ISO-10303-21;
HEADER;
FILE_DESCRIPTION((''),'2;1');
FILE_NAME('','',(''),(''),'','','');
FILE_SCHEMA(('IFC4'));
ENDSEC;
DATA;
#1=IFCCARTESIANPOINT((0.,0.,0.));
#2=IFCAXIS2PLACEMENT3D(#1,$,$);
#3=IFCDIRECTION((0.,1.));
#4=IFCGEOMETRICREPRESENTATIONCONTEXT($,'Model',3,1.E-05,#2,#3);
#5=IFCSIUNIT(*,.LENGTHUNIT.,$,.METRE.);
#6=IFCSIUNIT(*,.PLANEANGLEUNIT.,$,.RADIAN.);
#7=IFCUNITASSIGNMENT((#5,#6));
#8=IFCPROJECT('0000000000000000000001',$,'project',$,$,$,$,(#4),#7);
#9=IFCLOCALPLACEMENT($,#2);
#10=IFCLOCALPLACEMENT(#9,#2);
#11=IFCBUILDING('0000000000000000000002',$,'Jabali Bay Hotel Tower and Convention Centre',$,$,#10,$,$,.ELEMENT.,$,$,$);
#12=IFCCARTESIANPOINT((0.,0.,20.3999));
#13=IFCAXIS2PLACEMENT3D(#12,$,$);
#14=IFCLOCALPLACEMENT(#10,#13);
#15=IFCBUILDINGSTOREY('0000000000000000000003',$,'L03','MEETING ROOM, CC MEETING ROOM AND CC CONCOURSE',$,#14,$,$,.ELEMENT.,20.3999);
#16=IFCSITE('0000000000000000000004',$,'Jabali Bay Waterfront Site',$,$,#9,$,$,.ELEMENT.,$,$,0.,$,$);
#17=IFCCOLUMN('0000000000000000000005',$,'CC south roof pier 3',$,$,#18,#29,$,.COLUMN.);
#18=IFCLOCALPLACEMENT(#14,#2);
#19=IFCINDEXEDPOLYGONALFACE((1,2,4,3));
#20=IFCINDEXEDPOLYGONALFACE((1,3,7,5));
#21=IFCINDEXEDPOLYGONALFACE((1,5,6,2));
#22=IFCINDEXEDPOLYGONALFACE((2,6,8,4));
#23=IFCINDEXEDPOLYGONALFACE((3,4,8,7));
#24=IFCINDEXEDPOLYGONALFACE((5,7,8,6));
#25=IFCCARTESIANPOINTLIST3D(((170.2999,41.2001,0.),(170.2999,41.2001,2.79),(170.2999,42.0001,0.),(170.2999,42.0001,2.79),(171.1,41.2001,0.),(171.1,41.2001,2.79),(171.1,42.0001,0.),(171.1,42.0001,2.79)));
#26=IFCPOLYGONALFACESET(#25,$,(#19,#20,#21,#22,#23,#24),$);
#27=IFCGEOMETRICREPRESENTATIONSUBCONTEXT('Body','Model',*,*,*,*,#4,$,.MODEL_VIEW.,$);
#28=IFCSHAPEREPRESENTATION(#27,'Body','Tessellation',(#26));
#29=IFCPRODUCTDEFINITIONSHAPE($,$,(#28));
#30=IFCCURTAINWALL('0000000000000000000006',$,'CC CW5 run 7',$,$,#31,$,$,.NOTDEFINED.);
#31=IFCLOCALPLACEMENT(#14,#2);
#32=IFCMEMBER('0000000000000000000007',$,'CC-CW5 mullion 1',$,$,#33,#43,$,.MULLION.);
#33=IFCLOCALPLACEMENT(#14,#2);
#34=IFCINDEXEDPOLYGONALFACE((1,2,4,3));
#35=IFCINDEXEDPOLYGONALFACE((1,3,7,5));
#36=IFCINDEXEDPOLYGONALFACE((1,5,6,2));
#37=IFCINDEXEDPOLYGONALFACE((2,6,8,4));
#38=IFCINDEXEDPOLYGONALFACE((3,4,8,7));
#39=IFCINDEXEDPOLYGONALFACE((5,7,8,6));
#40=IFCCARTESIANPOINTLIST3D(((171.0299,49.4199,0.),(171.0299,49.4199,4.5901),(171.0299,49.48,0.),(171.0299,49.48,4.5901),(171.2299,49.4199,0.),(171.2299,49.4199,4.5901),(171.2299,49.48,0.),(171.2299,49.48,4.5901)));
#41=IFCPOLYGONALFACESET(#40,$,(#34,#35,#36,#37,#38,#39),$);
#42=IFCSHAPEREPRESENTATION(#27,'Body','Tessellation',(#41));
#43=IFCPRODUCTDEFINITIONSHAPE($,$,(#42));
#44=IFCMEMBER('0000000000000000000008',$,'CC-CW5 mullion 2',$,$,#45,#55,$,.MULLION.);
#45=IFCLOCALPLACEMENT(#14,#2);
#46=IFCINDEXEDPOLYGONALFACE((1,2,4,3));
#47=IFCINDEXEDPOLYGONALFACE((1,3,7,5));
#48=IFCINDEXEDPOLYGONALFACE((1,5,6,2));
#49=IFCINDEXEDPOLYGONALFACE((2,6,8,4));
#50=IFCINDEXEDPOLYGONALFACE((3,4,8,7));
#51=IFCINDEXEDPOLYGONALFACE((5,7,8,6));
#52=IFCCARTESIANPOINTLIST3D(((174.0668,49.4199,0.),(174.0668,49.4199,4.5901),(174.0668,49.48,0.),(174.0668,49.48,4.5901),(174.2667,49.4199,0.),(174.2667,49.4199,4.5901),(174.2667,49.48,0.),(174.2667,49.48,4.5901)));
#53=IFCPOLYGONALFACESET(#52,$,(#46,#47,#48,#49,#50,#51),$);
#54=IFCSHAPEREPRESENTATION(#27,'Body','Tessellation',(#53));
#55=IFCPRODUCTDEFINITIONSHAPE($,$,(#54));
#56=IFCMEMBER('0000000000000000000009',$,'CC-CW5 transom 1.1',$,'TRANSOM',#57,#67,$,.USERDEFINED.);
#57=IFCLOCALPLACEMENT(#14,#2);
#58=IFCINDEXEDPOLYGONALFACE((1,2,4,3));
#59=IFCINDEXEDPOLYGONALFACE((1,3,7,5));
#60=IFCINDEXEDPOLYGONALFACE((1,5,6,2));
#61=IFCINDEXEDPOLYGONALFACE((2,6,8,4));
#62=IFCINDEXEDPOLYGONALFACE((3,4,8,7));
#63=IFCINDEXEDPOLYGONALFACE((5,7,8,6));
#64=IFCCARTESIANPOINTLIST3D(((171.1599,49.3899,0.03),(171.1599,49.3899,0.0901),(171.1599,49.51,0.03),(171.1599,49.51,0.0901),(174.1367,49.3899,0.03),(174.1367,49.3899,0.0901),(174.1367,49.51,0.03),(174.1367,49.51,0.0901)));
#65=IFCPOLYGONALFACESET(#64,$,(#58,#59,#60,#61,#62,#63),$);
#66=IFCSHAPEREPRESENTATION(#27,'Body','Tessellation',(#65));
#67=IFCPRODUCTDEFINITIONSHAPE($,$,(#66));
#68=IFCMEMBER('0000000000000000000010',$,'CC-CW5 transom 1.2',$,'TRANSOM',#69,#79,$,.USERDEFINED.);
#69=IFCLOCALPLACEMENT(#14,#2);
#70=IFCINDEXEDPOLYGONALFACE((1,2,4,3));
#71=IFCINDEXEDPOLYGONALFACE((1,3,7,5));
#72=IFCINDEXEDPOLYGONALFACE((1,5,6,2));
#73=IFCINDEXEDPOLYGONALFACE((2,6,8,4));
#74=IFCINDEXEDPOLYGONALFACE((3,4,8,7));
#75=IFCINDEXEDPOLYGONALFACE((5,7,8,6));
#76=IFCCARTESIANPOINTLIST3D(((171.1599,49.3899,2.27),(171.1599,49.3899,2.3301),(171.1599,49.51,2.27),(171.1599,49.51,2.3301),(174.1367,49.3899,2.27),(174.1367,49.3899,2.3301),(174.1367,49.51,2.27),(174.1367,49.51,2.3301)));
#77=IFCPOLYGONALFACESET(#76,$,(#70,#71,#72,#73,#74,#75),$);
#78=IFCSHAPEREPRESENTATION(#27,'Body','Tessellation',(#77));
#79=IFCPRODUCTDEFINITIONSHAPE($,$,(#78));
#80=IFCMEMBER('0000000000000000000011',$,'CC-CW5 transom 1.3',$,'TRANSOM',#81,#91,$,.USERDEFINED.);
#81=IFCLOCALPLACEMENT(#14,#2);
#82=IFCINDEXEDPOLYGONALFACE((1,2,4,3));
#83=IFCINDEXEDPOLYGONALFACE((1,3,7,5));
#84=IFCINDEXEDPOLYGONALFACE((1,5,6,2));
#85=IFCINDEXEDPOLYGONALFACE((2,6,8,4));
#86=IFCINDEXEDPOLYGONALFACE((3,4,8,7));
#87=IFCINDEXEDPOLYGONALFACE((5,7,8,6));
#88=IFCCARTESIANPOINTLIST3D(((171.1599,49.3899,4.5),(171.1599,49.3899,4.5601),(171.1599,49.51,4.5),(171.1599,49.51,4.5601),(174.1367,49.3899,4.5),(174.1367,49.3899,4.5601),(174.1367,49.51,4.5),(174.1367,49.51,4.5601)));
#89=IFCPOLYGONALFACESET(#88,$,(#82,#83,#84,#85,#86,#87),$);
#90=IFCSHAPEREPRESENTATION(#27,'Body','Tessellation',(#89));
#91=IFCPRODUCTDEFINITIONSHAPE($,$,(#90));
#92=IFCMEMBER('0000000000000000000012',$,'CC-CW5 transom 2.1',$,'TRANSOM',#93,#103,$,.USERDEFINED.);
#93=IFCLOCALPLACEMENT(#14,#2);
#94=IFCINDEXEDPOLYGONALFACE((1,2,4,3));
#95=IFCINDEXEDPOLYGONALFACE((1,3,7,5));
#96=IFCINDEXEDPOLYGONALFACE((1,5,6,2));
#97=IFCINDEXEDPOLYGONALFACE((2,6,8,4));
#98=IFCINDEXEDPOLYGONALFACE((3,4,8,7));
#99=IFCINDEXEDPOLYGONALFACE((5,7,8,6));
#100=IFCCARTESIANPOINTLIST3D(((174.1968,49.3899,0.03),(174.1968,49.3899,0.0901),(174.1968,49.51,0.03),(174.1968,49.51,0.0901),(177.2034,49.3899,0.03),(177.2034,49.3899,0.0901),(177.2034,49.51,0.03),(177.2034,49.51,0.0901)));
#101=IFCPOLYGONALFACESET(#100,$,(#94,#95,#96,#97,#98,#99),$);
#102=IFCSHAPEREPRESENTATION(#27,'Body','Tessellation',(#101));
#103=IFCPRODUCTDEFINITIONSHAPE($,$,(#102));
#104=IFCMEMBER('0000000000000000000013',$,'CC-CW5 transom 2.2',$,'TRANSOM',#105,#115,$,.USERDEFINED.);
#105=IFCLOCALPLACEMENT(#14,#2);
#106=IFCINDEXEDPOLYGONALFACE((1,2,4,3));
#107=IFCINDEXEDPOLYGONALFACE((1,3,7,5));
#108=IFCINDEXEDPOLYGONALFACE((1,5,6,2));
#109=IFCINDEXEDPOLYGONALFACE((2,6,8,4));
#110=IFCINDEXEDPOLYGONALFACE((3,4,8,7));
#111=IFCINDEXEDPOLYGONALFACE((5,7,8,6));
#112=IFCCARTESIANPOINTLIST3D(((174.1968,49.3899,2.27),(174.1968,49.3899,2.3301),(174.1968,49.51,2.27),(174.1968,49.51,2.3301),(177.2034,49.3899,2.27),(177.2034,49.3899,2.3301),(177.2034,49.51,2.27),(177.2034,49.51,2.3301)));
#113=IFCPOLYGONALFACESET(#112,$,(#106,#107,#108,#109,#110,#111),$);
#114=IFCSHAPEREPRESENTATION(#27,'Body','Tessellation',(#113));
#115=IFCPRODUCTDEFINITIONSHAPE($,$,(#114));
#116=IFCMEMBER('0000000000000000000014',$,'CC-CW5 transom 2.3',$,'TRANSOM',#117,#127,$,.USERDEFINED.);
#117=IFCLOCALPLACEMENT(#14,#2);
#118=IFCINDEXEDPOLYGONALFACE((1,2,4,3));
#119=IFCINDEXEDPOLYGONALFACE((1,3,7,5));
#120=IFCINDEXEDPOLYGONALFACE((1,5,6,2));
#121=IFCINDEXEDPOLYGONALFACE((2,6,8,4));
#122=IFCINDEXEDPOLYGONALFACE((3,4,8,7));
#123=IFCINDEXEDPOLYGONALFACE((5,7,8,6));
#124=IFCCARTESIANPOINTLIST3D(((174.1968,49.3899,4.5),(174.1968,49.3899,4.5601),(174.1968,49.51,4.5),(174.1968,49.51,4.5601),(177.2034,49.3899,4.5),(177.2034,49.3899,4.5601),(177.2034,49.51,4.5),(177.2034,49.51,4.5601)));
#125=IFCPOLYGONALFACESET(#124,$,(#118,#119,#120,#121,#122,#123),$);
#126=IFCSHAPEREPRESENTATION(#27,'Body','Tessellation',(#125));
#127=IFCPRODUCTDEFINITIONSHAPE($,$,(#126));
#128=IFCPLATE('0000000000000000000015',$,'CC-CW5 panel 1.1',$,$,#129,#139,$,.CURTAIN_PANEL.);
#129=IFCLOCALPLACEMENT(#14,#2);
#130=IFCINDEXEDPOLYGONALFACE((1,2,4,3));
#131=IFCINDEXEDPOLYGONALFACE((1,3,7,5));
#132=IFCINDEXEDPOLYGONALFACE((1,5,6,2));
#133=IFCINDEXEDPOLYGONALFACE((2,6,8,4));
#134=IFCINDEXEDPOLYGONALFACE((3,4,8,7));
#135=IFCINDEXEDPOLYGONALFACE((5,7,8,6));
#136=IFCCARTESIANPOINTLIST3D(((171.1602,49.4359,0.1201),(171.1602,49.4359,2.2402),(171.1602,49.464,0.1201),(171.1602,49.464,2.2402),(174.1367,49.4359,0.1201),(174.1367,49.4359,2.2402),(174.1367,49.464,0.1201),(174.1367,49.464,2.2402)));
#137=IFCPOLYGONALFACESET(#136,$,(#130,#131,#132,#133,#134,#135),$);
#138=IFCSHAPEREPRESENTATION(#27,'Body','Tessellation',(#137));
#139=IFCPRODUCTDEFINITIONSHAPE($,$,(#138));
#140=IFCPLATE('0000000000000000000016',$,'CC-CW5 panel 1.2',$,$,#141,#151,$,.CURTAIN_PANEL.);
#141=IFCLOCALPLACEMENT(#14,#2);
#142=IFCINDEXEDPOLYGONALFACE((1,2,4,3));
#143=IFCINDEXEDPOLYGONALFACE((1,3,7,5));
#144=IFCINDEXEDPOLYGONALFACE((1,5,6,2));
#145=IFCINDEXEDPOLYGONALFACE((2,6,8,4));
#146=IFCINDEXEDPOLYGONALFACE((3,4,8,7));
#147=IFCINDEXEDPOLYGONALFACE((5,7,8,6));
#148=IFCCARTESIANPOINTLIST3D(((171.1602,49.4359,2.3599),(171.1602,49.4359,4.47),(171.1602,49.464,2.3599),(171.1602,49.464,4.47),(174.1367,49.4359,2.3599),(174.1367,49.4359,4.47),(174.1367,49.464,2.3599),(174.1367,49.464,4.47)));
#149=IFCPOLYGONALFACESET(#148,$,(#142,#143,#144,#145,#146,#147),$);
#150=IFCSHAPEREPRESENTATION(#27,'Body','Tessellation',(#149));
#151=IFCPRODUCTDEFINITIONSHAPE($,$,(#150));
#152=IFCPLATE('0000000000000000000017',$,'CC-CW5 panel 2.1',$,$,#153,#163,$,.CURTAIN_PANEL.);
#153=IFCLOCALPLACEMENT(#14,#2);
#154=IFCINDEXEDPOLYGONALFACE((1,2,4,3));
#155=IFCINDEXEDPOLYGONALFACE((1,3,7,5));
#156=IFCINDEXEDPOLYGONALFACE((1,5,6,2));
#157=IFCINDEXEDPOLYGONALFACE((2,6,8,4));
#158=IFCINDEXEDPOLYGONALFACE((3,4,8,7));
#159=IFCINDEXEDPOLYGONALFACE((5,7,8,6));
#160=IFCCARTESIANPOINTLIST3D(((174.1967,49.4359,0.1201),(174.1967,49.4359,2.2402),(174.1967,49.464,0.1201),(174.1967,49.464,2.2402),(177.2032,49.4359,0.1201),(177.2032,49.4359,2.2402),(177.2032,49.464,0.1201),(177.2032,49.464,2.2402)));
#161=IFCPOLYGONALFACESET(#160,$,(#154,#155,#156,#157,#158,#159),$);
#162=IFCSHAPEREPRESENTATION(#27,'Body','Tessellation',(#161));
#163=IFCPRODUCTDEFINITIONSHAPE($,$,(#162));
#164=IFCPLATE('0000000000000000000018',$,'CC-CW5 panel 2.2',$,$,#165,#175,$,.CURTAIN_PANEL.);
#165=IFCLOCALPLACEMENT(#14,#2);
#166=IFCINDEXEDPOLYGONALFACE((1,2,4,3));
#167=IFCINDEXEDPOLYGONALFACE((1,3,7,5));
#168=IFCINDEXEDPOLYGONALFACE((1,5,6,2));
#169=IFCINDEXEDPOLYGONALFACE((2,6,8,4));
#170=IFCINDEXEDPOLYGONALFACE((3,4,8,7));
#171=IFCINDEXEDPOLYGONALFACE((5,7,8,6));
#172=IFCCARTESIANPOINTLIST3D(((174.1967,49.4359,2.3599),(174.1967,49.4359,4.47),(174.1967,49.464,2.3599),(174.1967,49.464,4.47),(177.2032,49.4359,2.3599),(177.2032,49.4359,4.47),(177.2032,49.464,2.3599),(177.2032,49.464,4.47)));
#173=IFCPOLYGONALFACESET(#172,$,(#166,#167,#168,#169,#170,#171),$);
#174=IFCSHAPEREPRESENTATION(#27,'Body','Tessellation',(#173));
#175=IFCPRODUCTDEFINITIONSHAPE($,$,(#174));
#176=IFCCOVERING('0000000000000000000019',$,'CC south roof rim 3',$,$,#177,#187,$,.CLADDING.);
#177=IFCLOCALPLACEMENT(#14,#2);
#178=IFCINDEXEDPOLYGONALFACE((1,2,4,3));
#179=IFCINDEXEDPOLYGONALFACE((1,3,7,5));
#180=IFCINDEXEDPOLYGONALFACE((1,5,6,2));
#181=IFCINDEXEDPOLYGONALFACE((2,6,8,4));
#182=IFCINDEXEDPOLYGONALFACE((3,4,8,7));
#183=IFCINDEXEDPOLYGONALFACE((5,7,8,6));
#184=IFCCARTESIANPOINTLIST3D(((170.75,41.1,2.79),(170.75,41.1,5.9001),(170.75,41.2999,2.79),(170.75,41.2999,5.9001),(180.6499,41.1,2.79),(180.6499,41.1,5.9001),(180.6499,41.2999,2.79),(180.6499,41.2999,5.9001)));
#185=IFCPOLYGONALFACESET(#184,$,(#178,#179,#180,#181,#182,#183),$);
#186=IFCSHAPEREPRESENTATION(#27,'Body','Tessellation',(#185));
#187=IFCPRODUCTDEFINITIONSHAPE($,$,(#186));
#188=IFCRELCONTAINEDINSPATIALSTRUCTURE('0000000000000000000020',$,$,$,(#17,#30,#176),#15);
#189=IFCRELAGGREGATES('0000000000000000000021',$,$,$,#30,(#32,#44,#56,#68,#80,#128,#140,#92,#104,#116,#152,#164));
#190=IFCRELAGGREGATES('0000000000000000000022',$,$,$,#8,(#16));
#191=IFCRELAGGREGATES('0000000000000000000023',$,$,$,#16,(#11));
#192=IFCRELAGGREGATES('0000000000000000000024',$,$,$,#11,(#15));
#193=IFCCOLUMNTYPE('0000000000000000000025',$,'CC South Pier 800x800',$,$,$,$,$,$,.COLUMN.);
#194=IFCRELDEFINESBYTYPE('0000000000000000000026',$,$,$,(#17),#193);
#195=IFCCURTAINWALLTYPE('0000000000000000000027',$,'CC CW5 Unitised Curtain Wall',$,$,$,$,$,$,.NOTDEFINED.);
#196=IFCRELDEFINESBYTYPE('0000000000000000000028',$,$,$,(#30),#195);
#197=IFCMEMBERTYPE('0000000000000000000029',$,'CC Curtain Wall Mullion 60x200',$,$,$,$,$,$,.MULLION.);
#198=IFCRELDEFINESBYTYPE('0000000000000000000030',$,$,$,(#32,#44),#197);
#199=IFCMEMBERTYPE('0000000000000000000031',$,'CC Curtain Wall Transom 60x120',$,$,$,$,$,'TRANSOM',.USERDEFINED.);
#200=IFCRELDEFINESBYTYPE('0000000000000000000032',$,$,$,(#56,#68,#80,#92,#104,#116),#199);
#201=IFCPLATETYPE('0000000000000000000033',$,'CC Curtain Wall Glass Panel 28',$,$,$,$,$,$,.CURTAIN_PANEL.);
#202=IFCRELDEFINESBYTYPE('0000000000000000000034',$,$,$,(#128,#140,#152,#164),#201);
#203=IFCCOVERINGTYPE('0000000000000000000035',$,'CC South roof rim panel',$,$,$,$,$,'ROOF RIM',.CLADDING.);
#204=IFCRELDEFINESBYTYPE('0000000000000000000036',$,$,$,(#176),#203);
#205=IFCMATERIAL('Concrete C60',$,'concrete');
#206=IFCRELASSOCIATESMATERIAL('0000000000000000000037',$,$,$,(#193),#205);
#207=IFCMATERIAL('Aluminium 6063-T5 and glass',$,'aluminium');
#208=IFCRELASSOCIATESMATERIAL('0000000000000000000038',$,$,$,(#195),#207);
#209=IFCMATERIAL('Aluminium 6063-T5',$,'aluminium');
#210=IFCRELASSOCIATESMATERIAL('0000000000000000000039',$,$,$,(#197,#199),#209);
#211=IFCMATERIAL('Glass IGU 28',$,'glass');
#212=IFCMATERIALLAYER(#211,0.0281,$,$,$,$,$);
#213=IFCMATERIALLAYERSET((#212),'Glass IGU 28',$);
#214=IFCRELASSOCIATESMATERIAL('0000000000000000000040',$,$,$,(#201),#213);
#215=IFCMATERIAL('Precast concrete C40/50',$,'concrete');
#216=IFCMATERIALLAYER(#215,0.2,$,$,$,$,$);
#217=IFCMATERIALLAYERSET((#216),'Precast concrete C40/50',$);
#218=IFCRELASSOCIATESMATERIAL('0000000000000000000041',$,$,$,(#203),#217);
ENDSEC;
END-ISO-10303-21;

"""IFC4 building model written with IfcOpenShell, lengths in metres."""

from ifc_helpers import new_model, si_unit, direction, frame, origin, origin_2d, place, context, subcontext, project, spatial, rectangle, extrude, material, layer, layer_set, material_profile, profile_set, type_object, element, aggregate, save


model = new_model("IFC4")

# Units and contexts
model_context = context("Model", 3, precision=1e-05, world=origin(), true_north=direction((0.0, 1.0)))
body_context = subcontext(model_context, "Body", "Model", "MODEL_VIEW")
ifc_project = project(units=[si_unit("LENGTHUNIT", "METRE"), si_unit("PLANEANGLEUNIT", "RADIAN")], contexts=[model_context])

# Site, building, storey
site_placement = place(None, origin())
site = spatial("IfcSite", under=ifc_project, at=site_placement, Name="Jabali Bay Waterfront Site", CompositionType="ELEMENT", RefElevation=0.0)
building_placement = place(site_placement, origin())
building = spatial("IfcBuilding", under=site, at=building_placement, Name="Jabali Bay Hotel Tower and Convention Centre", CompositionType="ELEMENT")
storey_placement = place(building_placement, frame((0.0, 0.0, 20.3999)))
storey = spatial("IfcBuildingStorey", under=building, at=storey_placement, Name="L03", Description="MEETING ROOM, CC MEETING ROOM AND CC CONCOURSE", CompositionType="ELEMENT", Elevation=20.3999)

# Column
ifc_material_1 = material(Name="Concrete C60", Category="concrete")
ifc_material_profile_1 = material_profile(ifc_material_1, rectangle(XDim=0.8, YDim=0.8, at=origin_2d()), Name="RC 800x800")
ifc_profile_set_1 = profile_set([ifc_material_profile_1], Name="Concrete C60")
column_type = type_object("IfcColumnType", Name="CC South Pier 800x800", PredefinedType="COLUMN", material=ifc_profile_set_1)
column_placement = place(storey_placement, frame((170.7, 41.6001, 0.0), z_axis=(0.0, 0.0, 1.0), x_axis=(1.0, 0.0, 0.0)))
element("IfcColumn", 1, at=column_placement, inside=storey, type_object=column_type, Name="CC south roof pier 3", PredefinedType="COLUMN", context=body_context, shape_type="SweptSolid", body=[
    extrude(rectangle(XDim=0.8, YDim=0.8, at=origin_2d()), origin(), (0.0, 0.0, 1.0), 2.79),
])

# Curtain wall, members, plates
ifc_material_2 = material(Name="Aluminium 6063-T5 and glass", Category="aluminium")
curtain_wall_type = type_object("IfcCurtainWallType", Name="CC CW5 Unitised Curtain Wall", PredefinedType="NOTDEFINED", material=ifc_material_2)
curtain_wall_placement = place(storey_placement, origin())
curtain_wall = element("IfcCurtainWall", 2, at=curtain_wall_placement, inside=storey, type_object=curtain_wall_type, Name="CC CW5 run 7", PredefinedType="NOTDEFINED")
ifc_material_3 = material(Name="Aluminium 6063-T5", Category="aluminium")
ifc_material_profile_2 = material_profile(ifc_material_3, rectangle(XDim=0.0601, YDim=0.2, at=origin_2d()), Name="AL 60x200")
ifc_profile_set_2 = profile_set([ifc_material_profile_2], Name="Aluminium 6063-T5")
member_type_1 = type_object("IfcMemberType", Name="CC Curtain Wall Mullion 60x200", PredefinedType="MULLION", material=ifc_profile_set_2)
member_1_placement = place(storey_placement, frame((171.1299, 49.45, 0.0), z_axis=(0.0, 0.0, 1.0), x_axis=(0.0, 1.0, 0.0)))
member_1 = element("IfcMember", 3, at=member_1_placement, type_object=member_type_1, Name="CC-CW5 mullion 1", PredefinedType="MULLION", context=body_context, shape_type="SweptSolid", body=[
    extrude(rectangle(XDim=0.0601, YDim=0.2, at=origin_2d()), origin(), (0.0, 0.0, 1.0), 4.5901),
])
member_2_placement = place(storey_placement, frame((174.1667, 49.45, 0.0), z_axis=(0.0, 0.0, 1.0), x_axis=(0.0, 1.0, 0.0)))
member_2 = element("IfcMember", 4, at=member_2_placement, type_object=member_type_1, Name="CC-CW5 mullion 2", PredefinedType="MULLION", context=body_context, shape_type="SweptSolid", body=[
    extrude(rectangle(XDim=0.0601, YDim=0.2, at=origin_2d()), origin(), (0.0, 0.0, 1.0), 4.5901),
])
ifc_material_profile_3 = material_profile(ifc_material_3, rectangle(XDim=0.1201, YDim=0.0601, at=origin_2d()), Name="AL 120x60")
ifc_profile_set_3 = profile_set([ifc_material_profile_3], Name="Aluminium 6063-T5")
member_type_2 = type_object("IfcMemberType", Name="CC Curtain Wall Transom 60x120", ElementType="TRANSOM", PredefinedType="USERDEFINED", material=ifc_profile_set_3)
member_3_placement = place(storey_placement, frame((171.1599, 49.45, 0.0601), z_axis=(1.0, 0.0, 0.0), x_axis=(0.0, 1.0, 0.0)))
member_3 = element("IfcMember", 5, at=member_3_placement, type_object=member_type_2, Name="CC-CW5 transom 1.1", ObjectType="TRANSOM", PredefinedType="USERDEFINED", context=body_context, shape_type="SweptSolid", body=[
    extrude(rectangle(XDim=0.1201, YDim=0.0601, at=origin_2d()), origin(), (0.0, 0.0, 1.0), 2.9768),
])
member_4_placement = place(storey_placement, frame((171.1599, 49.45, 2.3), z_axis=(1.0, 0.0, 0.0), x_axis=(0.0, 1.0, 0.0)))
member_4 = element("IfcMember", 6, at=member_4_placement, type_object=member_type_2, Name="CC-CW5 transom 1.2", ObjectType="TRANSOM", PredefinedType="USERDEFINED", context=body_context, shape_type="SweptSolid", body=[
    extrude(rectangle(XDim=0.1201, YDim=0.0601, at=origin_2d()), origin(), (0.0, 0.0, 1.0), 2.9768),
])
member_5_placement = place(storey_placement, frame((171.1599, 49.45, 4.53), z_axis=(1.0, 0.0, 0.0), x_axis=(0.0, 1.0, 0.0)))
member_5 = element("IfcMember", 7, at=member_5_placement, type_object=member_type_2, Name="CC-CW5 transom 1.3", ObjectType="TRANSOM", PredefinedType="USERDEFINED", context=body_context, shape_type="SweptSolid", body=[
    extrude(rectangle(XDim=0.1201, YDim=0.0601, at=origin_2d()), origin(), (0.0, 0.0, 1.0), 2.9768),
])
member_6_placement = place(storey_placement, frame((174.1968, 49.45, 0.0601), z_axis=(1.0, 0.0, 0.0), x_axis=(0.0, 1.0, 0.0)))
member_6 = element("IfcMember", 8, at=member_6_placement, type_object=member_type_2, Name="CC-CW5 transom 2.1", ObjectType="TRANSOM", PredefinedType="USERDEFINED", context=body_context, shape_type="SweptSolid", body=[
    extrude(rectangle(XDim=0.1201, YDim=0.0601, at=origin_2d()), origin(), (0.0, 0.0, 1.0), 3.0066),
])
member_7_placement = place(storey_placement, frame((174.1968, 49.45, 2.3), z_axis=(1.0, 0.0, 0.0), x_axis=(0.0, 1.0, 0.0)))
member_7 = element("IfcMember", 9, at=member_7_placement, type_object=member_type_2, Name="CC-CW5 transom 2.2", ObjectType="TRANSOM", PredefinedType="USERDEFINED", context=body_context, shape_type="SweptSolid", body=[
    extrude(rectangle(XDim=0.1201, YDim=0.0601, at=origin_2d()), origin(), (0.0, 0.0, 1.0), 3.0066),
])
member_8_placement = place(storey_placement, frame((174.1968, 49.45, 4.53), z_axis=(1.0, 0.0, 0.0), x_axis=(0.0, 1.0, 0.0)))
member_8 = element("IfcMember", 10, at=member_8_placement, type_object=member_type_2, Name="CC-CW5 transom 2.3", ObjectType="TRANSOM", PredefinedType="USERDEFINED", context=body_context, shape_type="SweptSolid", body=[
    extrude(rectangle(XDim=0.1201, YDim=0.0601, at=origin_2d()), origin(), (0.0, 0.0, 1.0), 3.0066),
])
ifc_material_4 = material(Name="Glass IGU 28", Category="glass")
ifc_layer_1 = layer(ifc_material_4, 0.0281)
ifc_layer_set_1 = layer_set([ifc_layer_1], Name="Glass IGU 28")
plate_type = type_object("IfcPlateType", Name="CC Curtain Wall Glass Panel 28", PredefinedType="CURTAIN_PANEL", material=ifc_layer_set_1)
plate_1_placement = place(storey_placement, frame((172.6484, 49.45, 0.1201), z_axis=(0.0, 0.0, 1.0), x_axis=(1.0, 0.0, 0.0)))
plate_1 = element("IfcPlate", 11, at=plate_1_placement, type_object=plate_type, Name="CC-CW5 panel 1.1", PredefinedType="CURTAIN_PANEL", context=body_context, shape_type="SweptSolid", body=[
    extrude(rectangle(XDim=2.9766, YDim=0.0281, at=origin_2d()), origin(), (0.0, 0.0, 1.0), 2.1201),
])
plate_2_placement = place(storey_placement, frame((172.6484, 49.45, 2.3599), z_axis=(0.0, 0.0, 1.0), x_axis=(1.0, 0.0, 0.0)))
plate_2 = element("IfcPlate", 12, at=plate_2_placement, type_object=plate_type, Name="CC-CW5 panel 1.2", PredefinedType="CURTAIN_PANEL", context=body_context, shape_type="SweptSolid", body=[
    extrude(rectangle(XDim=2.9766, YDim=0.0281, at=origin_2d()), origin(), (0.0, 0.0, 1.0), 2.1101),
])
plate_3_placement = place(storey_placement, frame((175.7, 49.45, 0.1201), z_axis=(0.0, 0.0, 1.0), x_axis=(1.0, 0.0, 0.0)))
plate_3 = element("IfcPlate", 13, at=plate_3_placement, type_object=plate_type, Name="CC-CW5 panel 2.1", PredefinedType="CURTAIN_PANEL", context=body_context, shape_type="SweptSolid", body=[
    extrude(rectangle(XDim=3.0066, YDim=0.0281, at=origin_2d()), origin(), (0.0, 0.0, 1.0), 2.1201),
])
plate_4_placement = place(storey_placement, frame((175.7, 49.45, 2.3599), z_axis=(0.0, 0.0, 1.0), x_axis=(1.0, 0.0, 0.0)))
plate_4 = element("IfcPlate", 14, at=plate_4_placement, type_object=plate_type, Name="CC-CW5 panel 2.2", PredefinedType="CURTAIN_PANEL", context=body_context, shape_type="SweptSolid", body=[
    extrude(rectangle(XDim=3.0066, YDim=0.0281, at=origin_2d()), origin(), (0.0, 0.0, 1.0), 2.1101),
])
aggregate(curtain_wall, [member_1, member_2, member_3, member_4, member_5, plate_1, plate_2, member_6, member_7, member_8, plate_3, plate_4])

# Covering
ifc_material_5 = material(Name="Precast concrete C40/50", Category="concrete")
ifc_layer_2 = layer(ifc_material_5, 0.2)
ifc_layer_set_2 = layer_set([ifc_layer_2], Name="Precast concrete C40/50")
covering_type = type_object("IfcCoveringType", Name="CC South roof rim panel", ElementType="ROOF RIM", PredefinedType="CLADDING", material=ifc_layer_set_2)
covering_placement = place(storey_placement, frame((175.7, 41.2, 2.79), z_axis=(0.0, 0.0, 1.0), x_axis=(1.0, 0.0, 0.0)))
element("IfcCovering", 15, at=covering_placement, inside=storey, type_object=covering_type, Name="CC south roof rim 3", PredefinedType="CLADDING", context=body_context, shape_type="SweptSolid", body=[
    extrude(rectangle(XDim=9.8999, YDim=0.2, at=origin_2d()), origin(), (0.0, 0.0, 1.0), 3.1101),
])

save(model, "model.ifc")
